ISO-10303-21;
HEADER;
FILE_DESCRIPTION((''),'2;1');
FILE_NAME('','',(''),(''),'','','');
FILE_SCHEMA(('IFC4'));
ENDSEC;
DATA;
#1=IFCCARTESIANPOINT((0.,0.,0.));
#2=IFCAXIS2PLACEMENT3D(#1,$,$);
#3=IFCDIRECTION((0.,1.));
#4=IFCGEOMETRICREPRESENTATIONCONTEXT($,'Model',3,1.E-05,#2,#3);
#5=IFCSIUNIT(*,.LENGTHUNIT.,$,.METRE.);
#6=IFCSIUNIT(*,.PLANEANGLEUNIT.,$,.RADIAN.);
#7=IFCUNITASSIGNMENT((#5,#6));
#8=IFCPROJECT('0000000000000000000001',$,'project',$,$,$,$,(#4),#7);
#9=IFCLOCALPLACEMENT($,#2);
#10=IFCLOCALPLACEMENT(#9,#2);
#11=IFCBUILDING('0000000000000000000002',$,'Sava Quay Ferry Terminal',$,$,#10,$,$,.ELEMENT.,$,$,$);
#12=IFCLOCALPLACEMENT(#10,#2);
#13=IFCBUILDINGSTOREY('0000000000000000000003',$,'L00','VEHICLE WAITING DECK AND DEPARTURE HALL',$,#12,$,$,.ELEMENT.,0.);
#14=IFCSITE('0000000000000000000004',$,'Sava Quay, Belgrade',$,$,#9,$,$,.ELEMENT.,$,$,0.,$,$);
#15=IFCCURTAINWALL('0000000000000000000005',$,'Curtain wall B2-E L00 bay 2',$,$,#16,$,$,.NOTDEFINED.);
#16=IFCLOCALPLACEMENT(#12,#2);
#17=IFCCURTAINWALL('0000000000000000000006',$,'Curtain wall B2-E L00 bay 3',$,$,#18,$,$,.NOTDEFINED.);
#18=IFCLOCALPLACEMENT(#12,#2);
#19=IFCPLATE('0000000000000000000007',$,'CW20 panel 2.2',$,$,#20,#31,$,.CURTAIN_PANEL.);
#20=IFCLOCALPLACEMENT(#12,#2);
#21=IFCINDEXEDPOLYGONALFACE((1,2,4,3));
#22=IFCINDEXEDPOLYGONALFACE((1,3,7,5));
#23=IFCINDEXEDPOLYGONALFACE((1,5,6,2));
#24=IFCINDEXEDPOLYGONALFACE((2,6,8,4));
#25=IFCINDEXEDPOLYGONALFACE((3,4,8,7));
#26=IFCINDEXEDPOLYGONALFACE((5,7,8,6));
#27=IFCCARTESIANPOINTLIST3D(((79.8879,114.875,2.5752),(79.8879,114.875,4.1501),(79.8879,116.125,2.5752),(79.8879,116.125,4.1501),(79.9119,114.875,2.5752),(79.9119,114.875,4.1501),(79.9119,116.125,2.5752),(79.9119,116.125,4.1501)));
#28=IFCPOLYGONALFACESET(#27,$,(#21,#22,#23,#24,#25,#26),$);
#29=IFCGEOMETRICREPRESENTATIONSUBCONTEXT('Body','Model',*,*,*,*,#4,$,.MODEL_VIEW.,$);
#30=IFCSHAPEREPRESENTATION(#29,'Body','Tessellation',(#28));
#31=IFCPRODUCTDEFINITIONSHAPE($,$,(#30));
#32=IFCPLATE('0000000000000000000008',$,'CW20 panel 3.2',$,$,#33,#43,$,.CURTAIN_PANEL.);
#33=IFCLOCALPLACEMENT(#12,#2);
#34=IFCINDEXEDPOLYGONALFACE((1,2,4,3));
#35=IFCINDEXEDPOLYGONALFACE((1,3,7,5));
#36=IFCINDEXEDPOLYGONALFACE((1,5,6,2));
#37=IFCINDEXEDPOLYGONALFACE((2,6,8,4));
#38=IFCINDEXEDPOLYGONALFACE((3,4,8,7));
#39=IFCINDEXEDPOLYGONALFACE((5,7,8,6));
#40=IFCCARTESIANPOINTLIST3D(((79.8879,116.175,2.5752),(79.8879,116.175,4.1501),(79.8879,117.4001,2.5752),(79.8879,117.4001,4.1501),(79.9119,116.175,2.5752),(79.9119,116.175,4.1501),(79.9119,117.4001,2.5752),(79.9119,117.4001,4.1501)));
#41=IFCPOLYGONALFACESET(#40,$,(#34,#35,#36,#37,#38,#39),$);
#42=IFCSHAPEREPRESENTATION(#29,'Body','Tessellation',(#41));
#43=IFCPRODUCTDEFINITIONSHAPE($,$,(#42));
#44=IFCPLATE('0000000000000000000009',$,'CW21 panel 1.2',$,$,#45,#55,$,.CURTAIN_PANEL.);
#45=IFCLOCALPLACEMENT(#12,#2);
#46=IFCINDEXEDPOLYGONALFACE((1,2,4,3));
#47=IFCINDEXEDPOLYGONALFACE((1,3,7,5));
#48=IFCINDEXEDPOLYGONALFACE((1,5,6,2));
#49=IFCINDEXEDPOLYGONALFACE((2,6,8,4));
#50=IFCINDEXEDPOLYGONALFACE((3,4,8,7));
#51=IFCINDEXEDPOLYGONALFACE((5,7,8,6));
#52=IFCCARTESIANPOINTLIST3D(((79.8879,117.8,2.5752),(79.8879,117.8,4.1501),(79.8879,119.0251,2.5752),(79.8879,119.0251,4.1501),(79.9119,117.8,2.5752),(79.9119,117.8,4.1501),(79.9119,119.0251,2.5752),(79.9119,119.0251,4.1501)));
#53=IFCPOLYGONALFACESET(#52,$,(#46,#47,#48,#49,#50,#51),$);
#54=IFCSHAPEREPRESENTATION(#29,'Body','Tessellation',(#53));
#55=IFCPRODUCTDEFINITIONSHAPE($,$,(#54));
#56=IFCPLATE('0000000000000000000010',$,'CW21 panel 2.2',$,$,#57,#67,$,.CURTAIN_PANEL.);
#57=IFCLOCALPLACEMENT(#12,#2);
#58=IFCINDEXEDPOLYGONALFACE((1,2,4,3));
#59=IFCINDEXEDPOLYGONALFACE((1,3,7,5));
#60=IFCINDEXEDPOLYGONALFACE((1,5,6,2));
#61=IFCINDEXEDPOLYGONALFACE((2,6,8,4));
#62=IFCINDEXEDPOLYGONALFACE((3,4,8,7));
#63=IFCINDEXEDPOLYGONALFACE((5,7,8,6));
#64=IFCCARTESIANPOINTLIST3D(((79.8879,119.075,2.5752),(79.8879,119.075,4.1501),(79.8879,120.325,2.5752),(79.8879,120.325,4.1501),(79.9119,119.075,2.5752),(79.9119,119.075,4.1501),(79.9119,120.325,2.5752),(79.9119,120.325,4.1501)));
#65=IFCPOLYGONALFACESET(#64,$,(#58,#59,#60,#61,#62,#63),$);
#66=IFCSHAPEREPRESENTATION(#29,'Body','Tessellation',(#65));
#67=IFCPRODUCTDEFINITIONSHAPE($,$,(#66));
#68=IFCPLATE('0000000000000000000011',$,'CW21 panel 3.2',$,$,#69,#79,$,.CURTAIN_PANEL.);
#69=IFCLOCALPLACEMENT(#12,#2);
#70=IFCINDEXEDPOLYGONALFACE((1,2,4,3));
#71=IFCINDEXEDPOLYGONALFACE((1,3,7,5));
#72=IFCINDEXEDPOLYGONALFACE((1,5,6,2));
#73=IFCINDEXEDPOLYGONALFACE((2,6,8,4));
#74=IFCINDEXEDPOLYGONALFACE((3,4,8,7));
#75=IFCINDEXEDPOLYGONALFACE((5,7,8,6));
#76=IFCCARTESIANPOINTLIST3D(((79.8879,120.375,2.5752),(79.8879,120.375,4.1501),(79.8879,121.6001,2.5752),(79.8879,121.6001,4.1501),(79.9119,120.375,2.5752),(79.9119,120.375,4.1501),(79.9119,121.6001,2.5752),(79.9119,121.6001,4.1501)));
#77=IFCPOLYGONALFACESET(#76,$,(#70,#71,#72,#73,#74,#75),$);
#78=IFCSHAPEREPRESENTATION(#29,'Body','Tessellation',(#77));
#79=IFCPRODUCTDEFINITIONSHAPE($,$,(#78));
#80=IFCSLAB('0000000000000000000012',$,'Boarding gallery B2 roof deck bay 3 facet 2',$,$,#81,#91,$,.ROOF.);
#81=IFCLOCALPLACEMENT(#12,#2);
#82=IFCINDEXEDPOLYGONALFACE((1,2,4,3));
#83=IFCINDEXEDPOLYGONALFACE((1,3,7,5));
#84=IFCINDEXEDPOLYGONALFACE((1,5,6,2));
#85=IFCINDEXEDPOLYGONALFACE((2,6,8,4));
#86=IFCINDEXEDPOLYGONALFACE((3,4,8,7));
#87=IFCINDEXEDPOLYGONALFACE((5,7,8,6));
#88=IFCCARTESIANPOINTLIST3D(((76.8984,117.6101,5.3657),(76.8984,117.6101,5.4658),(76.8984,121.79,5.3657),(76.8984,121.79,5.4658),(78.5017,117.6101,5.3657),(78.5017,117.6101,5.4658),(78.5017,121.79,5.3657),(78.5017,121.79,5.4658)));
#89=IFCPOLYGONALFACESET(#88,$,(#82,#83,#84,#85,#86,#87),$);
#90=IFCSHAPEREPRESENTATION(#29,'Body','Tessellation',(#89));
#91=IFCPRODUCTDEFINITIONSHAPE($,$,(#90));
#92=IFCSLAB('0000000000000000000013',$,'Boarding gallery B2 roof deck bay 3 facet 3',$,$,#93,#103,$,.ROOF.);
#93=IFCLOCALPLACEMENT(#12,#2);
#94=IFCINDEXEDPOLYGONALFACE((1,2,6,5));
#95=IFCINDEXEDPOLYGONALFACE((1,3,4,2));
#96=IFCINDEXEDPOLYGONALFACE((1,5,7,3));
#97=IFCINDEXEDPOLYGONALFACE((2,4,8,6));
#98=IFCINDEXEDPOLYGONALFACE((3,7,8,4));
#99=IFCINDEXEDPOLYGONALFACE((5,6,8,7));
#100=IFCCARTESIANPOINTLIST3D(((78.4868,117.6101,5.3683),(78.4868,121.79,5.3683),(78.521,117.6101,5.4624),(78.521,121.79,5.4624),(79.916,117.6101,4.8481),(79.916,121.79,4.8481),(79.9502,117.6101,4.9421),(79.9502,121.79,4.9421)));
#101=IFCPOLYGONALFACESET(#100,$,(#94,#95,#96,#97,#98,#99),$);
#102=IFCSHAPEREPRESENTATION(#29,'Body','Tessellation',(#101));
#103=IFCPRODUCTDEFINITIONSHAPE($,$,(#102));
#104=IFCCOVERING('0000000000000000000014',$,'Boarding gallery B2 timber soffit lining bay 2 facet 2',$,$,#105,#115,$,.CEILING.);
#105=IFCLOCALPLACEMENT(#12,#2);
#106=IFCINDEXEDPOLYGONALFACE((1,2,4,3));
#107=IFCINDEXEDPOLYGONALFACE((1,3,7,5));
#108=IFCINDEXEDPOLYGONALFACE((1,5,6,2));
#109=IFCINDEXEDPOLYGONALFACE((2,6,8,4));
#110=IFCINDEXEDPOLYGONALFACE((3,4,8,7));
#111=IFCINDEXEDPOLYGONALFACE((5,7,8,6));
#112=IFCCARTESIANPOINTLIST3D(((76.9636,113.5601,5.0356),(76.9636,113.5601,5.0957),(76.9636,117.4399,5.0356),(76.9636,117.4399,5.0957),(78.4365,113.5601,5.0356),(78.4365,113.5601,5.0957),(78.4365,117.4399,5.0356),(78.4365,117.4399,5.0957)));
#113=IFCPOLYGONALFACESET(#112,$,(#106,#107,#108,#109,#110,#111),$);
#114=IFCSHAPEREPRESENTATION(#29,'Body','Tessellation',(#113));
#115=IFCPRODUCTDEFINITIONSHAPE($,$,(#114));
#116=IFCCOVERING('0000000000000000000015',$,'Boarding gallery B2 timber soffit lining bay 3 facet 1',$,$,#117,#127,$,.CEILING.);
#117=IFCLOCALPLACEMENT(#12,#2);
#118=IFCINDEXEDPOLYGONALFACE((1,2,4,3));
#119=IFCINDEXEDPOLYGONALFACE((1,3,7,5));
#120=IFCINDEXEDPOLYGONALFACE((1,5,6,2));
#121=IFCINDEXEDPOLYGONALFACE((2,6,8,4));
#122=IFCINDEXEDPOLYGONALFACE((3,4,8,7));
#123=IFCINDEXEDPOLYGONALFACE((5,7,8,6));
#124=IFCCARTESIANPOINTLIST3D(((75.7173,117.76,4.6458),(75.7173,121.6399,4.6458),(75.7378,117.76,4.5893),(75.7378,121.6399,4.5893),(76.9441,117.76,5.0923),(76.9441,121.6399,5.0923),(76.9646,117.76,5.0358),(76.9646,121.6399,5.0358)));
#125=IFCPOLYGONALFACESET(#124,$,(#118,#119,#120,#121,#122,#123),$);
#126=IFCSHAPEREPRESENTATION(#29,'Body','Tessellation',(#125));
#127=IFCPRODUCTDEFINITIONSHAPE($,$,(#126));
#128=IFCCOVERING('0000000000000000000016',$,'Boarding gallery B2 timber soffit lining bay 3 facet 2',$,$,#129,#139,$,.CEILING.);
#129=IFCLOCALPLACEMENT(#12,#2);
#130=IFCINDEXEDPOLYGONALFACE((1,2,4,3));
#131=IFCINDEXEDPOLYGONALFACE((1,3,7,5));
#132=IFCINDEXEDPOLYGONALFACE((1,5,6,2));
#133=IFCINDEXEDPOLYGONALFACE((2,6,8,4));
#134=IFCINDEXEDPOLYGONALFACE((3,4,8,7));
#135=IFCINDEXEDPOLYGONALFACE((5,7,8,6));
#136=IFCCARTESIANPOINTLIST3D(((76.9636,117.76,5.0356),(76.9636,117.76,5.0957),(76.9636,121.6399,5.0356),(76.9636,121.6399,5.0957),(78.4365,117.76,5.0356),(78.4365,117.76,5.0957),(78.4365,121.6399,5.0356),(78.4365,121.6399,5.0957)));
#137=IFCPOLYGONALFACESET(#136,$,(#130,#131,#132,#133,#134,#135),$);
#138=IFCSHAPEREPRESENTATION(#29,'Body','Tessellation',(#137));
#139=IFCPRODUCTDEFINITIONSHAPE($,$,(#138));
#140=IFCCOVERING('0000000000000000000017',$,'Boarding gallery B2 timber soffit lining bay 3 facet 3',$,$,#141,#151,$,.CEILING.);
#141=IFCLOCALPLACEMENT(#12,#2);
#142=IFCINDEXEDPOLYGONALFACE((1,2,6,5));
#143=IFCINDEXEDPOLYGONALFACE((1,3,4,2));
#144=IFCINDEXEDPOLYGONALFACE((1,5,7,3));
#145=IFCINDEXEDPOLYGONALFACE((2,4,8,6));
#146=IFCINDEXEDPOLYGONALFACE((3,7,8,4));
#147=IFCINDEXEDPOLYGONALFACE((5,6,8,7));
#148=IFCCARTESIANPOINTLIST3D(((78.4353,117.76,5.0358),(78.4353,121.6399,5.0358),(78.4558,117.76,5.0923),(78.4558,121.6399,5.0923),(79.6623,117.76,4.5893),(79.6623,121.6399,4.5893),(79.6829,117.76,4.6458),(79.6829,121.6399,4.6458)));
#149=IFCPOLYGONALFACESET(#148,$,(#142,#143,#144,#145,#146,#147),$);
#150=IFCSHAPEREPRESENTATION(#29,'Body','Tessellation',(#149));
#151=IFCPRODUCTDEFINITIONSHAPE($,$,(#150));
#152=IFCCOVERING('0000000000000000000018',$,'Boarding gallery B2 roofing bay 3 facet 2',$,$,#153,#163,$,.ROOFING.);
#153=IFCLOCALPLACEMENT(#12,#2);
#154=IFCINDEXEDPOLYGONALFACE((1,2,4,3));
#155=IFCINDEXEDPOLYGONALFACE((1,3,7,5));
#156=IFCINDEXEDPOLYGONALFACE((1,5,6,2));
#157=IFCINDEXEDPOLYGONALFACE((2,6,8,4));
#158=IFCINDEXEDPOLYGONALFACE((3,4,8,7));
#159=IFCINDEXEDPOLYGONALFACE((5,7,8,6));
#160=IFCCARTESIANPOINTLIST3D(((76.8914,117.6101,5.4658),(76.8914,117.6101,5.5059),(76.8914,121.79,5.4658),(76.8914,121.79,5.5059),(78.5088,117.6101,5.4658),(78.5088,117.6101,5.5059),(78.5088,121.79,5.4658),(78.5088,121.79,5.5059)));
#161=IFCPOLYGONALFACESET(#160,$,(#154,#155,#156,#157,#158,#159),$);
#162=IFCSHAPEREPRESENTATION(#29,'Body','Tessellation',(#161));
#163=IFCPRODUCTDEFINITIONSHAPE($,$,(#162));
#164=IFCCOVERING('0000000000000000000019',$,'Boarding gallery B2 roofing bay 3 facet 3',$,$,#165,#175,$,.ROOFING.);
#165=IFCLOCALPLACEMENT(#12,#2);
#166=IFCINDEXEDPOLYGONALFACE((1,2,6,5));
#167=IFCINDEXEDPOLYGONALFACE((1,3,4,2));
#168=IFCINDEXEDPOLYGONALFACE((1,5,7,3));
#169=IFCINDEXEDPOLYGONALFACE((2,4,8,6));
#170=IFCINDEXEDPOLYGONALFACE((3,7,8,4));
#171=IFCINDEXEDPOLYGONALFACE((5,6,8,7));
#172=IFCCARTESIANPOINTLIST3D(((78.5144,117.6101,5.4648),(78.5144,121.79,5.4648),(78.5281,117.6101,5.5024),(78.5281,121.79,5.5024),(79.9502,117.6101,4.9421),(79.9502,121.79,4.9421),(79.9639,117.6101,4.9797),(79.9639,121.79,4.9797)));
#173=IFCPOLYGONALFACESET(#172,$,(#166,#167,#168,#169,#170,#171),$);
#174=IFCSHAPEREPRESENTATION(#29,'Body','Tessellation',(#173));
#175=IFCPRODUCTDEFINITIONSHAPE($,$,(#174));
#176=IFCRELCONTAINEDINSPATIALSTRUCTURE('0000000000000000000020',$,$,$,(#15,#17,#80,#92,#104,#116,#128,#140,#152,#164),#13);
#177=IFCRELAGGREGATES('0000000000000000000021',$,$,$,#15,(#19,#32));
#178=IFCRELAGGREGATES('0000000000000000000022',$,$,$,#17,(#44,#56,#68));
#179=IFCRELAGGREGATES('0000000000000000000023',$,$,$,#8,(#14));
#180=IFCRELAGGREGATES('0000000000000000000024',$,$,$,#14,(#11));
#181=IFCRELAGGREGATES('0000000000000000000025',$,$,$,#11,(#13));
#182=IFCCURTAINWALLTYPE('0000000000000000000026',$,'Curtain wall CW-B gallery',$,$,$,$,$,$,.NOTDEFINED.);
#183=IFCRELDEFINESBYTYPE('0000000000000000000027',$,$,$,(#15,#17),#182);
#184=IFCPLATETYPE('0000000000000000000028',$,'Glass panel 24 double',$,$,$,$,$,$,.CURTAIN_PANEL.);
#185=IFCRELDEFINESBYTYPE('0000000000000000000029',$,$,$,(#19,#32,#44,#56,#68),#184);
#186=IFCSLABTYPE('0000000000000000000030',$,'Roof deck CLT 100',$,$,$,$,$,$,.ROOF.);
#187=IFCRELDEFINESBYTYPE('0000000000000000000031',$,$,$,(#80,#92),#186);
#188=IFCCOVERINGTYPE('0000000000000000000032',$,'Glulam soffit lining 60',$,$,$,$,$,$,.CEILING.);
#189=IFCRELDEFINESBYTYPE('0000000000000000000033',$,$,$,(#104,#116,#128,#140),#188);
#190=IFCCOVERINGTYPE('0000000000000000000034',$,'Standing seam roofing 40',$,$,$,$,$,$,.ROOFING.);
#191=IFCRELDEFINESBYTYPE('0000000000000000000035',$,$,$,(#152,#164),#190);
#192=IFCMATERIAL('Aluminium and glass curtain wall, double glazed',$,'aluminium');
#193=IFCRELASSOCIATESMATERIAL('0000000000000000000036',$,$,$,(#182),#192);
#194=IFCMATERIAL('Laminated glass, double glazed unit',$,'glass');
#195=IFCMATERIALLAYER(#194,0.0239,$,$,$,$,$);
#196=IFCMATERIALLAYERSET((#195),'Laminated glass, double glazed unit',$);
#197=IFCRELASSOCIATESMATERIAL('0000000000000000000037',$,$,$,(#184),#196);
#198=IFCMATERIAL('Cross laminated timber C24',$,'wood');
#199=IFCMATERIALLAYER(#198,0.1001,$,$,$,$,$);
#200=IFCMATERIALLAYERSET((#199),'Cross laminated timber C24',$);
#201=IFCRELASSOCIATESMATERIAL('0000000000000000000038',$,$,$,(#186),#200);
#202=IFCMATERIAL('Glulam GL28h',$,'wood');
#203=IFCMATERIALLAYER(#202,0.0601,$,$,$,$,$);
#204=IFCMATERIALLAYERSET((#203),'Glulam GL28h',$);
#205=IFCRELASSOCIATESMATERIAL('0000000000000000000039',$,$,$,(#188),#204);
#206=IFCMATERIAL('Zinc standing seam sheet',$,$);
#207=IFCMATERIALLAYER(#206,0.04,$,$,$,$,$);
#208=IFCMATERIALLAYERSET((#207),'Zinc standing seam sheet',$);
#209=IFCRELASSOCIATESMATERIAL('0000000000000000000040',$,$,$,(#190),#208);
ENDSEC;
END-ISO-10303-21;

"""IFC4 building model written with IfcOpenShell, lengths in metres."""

from ifc_helpers import new_model, si_unit, direction, frame, origin, origin_2d, place, context, subcontext, project, spatial, polyline, rectangle, outline, extrude, material, layer, layer_set, type_object, element, aggregate, save


model = new_model("IFC4")

# Units and contexts
model_context = context("Model", 3, precision=1e-05, world=origin(), true_north=direction((0.0, 1.0)))
body_context = subcontext(model_context, "Body", "Model", "MODEL_VIEW")
ifc_project = project(units=[si_unit("LENGTHUNIT", "METRE"), si_unit("PLANEANGLEUNIT", "RADIAN")], contexts=[model_context])

# Site, building, storey
site_placement = place(None, origin())
site = spatial("IfcSite", under=ifc_project, at=site_placement, Name="Sava Quay, Belgrade", CompositionType="ELEMENT", RefElevation=0.0)
building_placement = place(site_placement, origin())
building = spatial("IfcBuilding", under=site, at=building_placement, Name="Sava Quay Ferry Terminal", CompositionType="ELEMENT")
storey_placement = place(building_placement, origin())
storey = spatial("IfcBuildingStorey", under=building, at=storey_placement, Name="L00", Description="VEHICLE WAITING DECK AND DEPARTURE HALL", CompositionType="ELEMENT", Elevation=0.0)

# Curtain walls
ifc_material_1 = material(Name="Aluminium and glass curtain wall, double glazed", Category="aluminium")
curtain_wall_type = type_object("IfcCurtainWallType", Name="Curtain wall CW-B gallery", PredefinedType="NOTDEFINED", material=ifc_material_1)
curtain_wall_1_placement = place(storey_placement, origin())
curtain_wall_1 = element("IfcCurtainWall", 1, at=curtain_wall_1_placement, inside=storey, type_object=curtain_wall_type, Name="Curtain wall B2-E L00 bay 2", PredefinedType="NOTDEFINED")
curtain_wall_2_placement = place(storey_placement, origin())
curtain_wall_2 = element("IfcCurtainWall", 2, at=curtain_wall_2_placement, inside=storey, type_object=curtain_wall_type, Name="Curtain wall B2-E L00 bay 3", PredefinedType="NOTDEFINED")

# Plates
ifc_material_2 = material(Name="Laminated glass, double glazed unit", Category="glass")
ifc_layer_1 = layer(ifc_material_2, 0.0239)
ifc_layer_set_1 = layer_set([ifc_layer_1], Name="Laminated glass, double glazed unit")
plate_type = type_object("IfcPlateType", Name="Glass panel 24 double", PredefinedType="CURTAIN_PANEL", material=ifc_layer_set_1)
plate_1_placement = place(storey_placement, frame((79.8999, 115.5, 2.5752), z_axis=(0.0, 0.0, 1.0), x_axis=(0.0, 1.0, 0.0)))
plate_1 = element("IfcPlate", 3, at=plate_1_placement, type_object=plate_type, Name="CW20 panel 2.2", PredefinedType="CURTAIN_PANEL", context=body_context, shape_type="SweptSolid", body=[
    extrude(rectangle(XDim=1.25, YDim=0.0239, at=origin_2d()), origin(), (0.0, 0.0, 1.0), 1.575),
])
plate_2_placement = place(storey_placement, frame((79.8999, 116.7876, 2.5752), z_axis=(0.0, 0.0, 1.0), x_axis=(0.0, 1.0, 0.0)))
plate_2 = element("IfcPlate", 4, at=plate_2_placement, type_object=plate_type, Name="CW20 panel 3.2", PredefinedType="CURTAIN_PANEL", context=body_context, shape_type="SweptSolid", body=[
    extrude(rectangle(XDim=1.2251, YDim=0.0239, at=origin_2d()), origin(), (0.0, 0.0, 1.0), 1.575),
])
aggregate(curtain_wall_1, [plate_1, plate_2])
plate_3_placement = place(storey_placement, frame((79.8999, 118.4126, 2.5752), z_axis=(0.0, 0.0, 1.0), x_axis=(0.0, 1.0, 0.0)))
plate_3 = element("IfcPlate", 5, at=plate_3_placement, type_object=plate_type, Name="CW21 panel 1.2", PredefinedType="CURTAIN_PANEL", context=body_context, shape_type="SweptSolid", body=[
    extrude(rectangle(XDim=1.2251, YDim=0.0239, at=origin_2d()), origin(), (0.0, 0.0, 1.0), 1.575),
])
plate_4_placement = place(storey_placement, frame((79.8999, 119.7, 2.5752), z_axis=(0.0, 0.0, 1.0), x_axis=(0.0, 1.0, 0.0)))
plate_4 = element("IfcPlate", 6, at=plate_4_placement, type_object=plate_type, Name="CW21 panel 2.2", PredefinedType="CURTAIN_PANEL", context=body_context, shape_type="SweptSolid", body=[
    extrude(rectangle(XDim=1.25, YDim=0.0239, at=origin_2d()), origin(), (0.0, 0.0, 1.0), 1.575),
])
plate_5_placement = place(storey_placement, frame((79.8999, 120.9875, 2.5752), z_axis=(0.0, 0.0, 1.0), x_axis=(0.0, 1.0, 0.0)))
plate_5 = element("IfcPlate", 7, at=plate_5_placement, type_object=plate_type, Name="CW21 panel 3.2", PredefinedType="CURTAIN_PANEL", context=body_context, shape_type="SweptSolid", body=[
    extrude(rectangle(XDim=1.2251, YDim=0.0239, at=origin_2d()), origin(), (0.0, 0.0, 1.0), 1.575),
])
aggregate(curtain_wall_2, [plate_3, plate_4, plate_5])

# Slabs
ifc_material_3 = material(Name="Cross laminated timber C24", Category="wood")
ifc_layer_2 = layer(ifc_material_3, 0.1001)
ifc_layer_set_2 = layer_set([ifc_layer_2], Name="Cross laminated timber C24")
slab_type = type_object("IfcSlabType", Name="Roof deck CLT 100", PredefinedType="ROOF", material=ifc_layer_set_2)
slab_1_placement = place(storey_placement, frame((76.8984, 117.6101, 5.4658), z_axis=(0.0, 0.0, 1.0), x_axis=(1.0, 0.0, 0.0)))
element("IfcSlab", 8, at=slab_1_placement, inside=storey, type_object=slab_type, Name="Boarding gallery B2 roof deck bay 3 facet 2", PredefinedType="ROOF", context=body_context, shape_type="SweptSolid", body=[
    extrude(outline(polyline([(0.0, 0.0), (1.6033, 0.0), (1.6033, 4.1799), (0.0, 4.1799), (0.0, 0.0)])), origin(), (0.0, 0.0, -1.0), 0.1001),
])
slab_2_placement = place(storey_placement, frame((78.521, 117.6101, 5.4624), z_axis=(0.342065, 0.0, 0.939676), x_axis=(0.939676, 0.0, -0.342065)))
element("IfcSlab", 9, at=slab_2_placement, inside=storey, type_object=slab_type, Name="Boarding gallery B2 roof deck bay 3 facet 3", PredefinedType="ROOF", context=body_context, shape_type="SweptSolid", body=[
    extrude(outline(polyline([(0.0, 0.0), (1.5209, 0.0), (1.5209, 4.1799), (0.0, 4.1799), (0.0, 0.0)])), origin(), (0.0, 0.0, -1.0), 0.1001),
])

# Coverings
ifc_material_4 = material(Name="Glulam GL28h", Category="wood")
ifc_layer_3 = layer(ifc_material_4, 0.0601)
ifc_layer_set_3 = layer_set([ifc_layer_3], Name="Glulam GL28h")
covering_type_1 = type_object("IfcCoveringType", Name="Glulam soffit lining 60", PredefinedType="CEILING", material=ifc_layer_set_3)
covering_1_placement = place(storey_placement, frame((76.9636, 113.5601, 5.0957), z_axis=(0.0, 0.0, 1.0), x_axis=(1.0, 0.0, 0.0)))
element("IfcCovering", 10, at=covering_1_placement, inside=storey, type_object=covering_type_1, Name="Boarding gallery B2 timber soffit lining bay 2 facet 2", PredefinedType="CEILING", context=body_context, shape_type="SweptSolid", body=[
    extrude(outline(polyline([(0.0, 0.0), (1.4729, 0.0), (1.4729, 3.8799), (0.0, 3.8799), (0.0, 0.0)])), origin(), (0.0, 0.0, -1.0), 0.0601),
])
covering_2_placement = place(storey_placement, frame((75.7173, 117.76, 4.6458), z_axis=(-0.342028, 0.0, 0.93969), x_axis=(0.93969, 0.0, 0.342028)))
element("IfcCovering", 11, at=covering_2_placement, inside=storey, type_object=covering_type_1, Name="Boarding gallery B2 timber soffit lining bay 3 facet 1", PredefinedType="CEILING", context=body_context, shape_type="SweptSolid", body=[
    extrude(outline(polyline([(0.0, 0.0), (1.3055, 0.0), (1.3055, 3.8799), (0.0, 3.8799), (0.0, 0.0)])), origin(), (0.0, 0.0, -1.0), 0.0601),
])
covering_3_placement = place(storey_placement, frame((76.9636, 117.76, 5.0957), z_axis=(0.0, 0.0, 1.0), x_axis=(1.0, 0.0, 0.0)))
element("IfcCovering", 12, at=covering_3_placement, inside=storey, type_object=covering_type_1, Name="Boarding gallery B2 timber soffit lining bay 3 facet 2", PredefinedType="CEILING", context=body_context, shape_type="SweptSolid", body=[
    extrude(outline(polyline([(0.0, 0.0), (1.4729, 0.0), (1.4729, 3.8799), (0.0, 3.8799), (0.0, 0.0)])), origin(), (0.0, 0.0, -1.0), 0.0601),
])
covering_4_placement = place(storey_placement, frame((78.4558, 117.76, 5.0923), z_axis=(0.341968, 0.0, 0.939712), x_axis=(0.939712, 0.0, -0.341968)))
element("IfcCovering", 13, at=covering_4_placement, inside=storey, type_object=covering_type_1, Name="Boarding gallery B2 timber soffit lining bay 3 facet 3", PredefinedType="CEILING", context=body_context, shape_type="SweptSolid", body=[
    extrude(outline(polyline([(0.0, 0.0), (1.3058, 0.0), (1.3058, 3.8799), (0.0, 3.8799), (0.0, 0.0)])), origin(), (0.0, 0.0, -1.0), 0.0601),
])
ifc_material_5 = material(Name="Zinc standing seam sheet")
ifc_layer_4 = layer(ifc_material_5, 0.04)
ifc_layer_set_4 = layer_set([ifc_layer_4], Name="Zinc standing seam sheet")
covering_type_2 = type_object("IfcCoveringType", Name="Standing seam roofing 40", PredefinedType="ROOFING", material=ifc_layer_set_4)
covering_5_placement = place(storey_placement, frame((76.8914, 117.6101, 5.5059), z_axis=(0.0, 0.0, 1.0), x_axis=(1.0, 0.0, 0.0)))
element("IfcCovering", 14, at=covering_5_placement, inside=storey, type_object=covering_type_2, Name="Boarding gallery B2 roofing bay 3 facet 2", PredefinedType="ROOFING", context=body_context, shape_type="SweptSolid", body=[
    extrude(outline(polyline([(0.0, 0.0), (1.6174, 0.0), (1.6174, 4.1799), (0.0, 4.1799), (0.0, 0.0)])), origin(), (0.0, 0.0, -1.0), 0.04),
])
covering_6_placement = place(storey_placement, frame((78.5281, 117.6101, 5.5024), z_axis=(0.342089, 0.0, 0.939667), x_axis=(0.939667, 0.0, -0.342089)))
element("IfcCovering", 15, at=covering_6_placement, inside=storey, type_object=covering_type_2, Name="Boarding gallery B2 roofing bay 3 facet 3", PredefinedType="ROOFING", context=body_context, shape_type="SweptSolid", body=[
    extrude(outline(polyline([(0.0, 0.0), (1.528, 0.0), (1.528, 4.1799), (0.0, 4.1799), (0.0, 0.0)])), origin(), (0.0, 0.0, -1.0), 0.04),
])

save(model, "model.ifc")
